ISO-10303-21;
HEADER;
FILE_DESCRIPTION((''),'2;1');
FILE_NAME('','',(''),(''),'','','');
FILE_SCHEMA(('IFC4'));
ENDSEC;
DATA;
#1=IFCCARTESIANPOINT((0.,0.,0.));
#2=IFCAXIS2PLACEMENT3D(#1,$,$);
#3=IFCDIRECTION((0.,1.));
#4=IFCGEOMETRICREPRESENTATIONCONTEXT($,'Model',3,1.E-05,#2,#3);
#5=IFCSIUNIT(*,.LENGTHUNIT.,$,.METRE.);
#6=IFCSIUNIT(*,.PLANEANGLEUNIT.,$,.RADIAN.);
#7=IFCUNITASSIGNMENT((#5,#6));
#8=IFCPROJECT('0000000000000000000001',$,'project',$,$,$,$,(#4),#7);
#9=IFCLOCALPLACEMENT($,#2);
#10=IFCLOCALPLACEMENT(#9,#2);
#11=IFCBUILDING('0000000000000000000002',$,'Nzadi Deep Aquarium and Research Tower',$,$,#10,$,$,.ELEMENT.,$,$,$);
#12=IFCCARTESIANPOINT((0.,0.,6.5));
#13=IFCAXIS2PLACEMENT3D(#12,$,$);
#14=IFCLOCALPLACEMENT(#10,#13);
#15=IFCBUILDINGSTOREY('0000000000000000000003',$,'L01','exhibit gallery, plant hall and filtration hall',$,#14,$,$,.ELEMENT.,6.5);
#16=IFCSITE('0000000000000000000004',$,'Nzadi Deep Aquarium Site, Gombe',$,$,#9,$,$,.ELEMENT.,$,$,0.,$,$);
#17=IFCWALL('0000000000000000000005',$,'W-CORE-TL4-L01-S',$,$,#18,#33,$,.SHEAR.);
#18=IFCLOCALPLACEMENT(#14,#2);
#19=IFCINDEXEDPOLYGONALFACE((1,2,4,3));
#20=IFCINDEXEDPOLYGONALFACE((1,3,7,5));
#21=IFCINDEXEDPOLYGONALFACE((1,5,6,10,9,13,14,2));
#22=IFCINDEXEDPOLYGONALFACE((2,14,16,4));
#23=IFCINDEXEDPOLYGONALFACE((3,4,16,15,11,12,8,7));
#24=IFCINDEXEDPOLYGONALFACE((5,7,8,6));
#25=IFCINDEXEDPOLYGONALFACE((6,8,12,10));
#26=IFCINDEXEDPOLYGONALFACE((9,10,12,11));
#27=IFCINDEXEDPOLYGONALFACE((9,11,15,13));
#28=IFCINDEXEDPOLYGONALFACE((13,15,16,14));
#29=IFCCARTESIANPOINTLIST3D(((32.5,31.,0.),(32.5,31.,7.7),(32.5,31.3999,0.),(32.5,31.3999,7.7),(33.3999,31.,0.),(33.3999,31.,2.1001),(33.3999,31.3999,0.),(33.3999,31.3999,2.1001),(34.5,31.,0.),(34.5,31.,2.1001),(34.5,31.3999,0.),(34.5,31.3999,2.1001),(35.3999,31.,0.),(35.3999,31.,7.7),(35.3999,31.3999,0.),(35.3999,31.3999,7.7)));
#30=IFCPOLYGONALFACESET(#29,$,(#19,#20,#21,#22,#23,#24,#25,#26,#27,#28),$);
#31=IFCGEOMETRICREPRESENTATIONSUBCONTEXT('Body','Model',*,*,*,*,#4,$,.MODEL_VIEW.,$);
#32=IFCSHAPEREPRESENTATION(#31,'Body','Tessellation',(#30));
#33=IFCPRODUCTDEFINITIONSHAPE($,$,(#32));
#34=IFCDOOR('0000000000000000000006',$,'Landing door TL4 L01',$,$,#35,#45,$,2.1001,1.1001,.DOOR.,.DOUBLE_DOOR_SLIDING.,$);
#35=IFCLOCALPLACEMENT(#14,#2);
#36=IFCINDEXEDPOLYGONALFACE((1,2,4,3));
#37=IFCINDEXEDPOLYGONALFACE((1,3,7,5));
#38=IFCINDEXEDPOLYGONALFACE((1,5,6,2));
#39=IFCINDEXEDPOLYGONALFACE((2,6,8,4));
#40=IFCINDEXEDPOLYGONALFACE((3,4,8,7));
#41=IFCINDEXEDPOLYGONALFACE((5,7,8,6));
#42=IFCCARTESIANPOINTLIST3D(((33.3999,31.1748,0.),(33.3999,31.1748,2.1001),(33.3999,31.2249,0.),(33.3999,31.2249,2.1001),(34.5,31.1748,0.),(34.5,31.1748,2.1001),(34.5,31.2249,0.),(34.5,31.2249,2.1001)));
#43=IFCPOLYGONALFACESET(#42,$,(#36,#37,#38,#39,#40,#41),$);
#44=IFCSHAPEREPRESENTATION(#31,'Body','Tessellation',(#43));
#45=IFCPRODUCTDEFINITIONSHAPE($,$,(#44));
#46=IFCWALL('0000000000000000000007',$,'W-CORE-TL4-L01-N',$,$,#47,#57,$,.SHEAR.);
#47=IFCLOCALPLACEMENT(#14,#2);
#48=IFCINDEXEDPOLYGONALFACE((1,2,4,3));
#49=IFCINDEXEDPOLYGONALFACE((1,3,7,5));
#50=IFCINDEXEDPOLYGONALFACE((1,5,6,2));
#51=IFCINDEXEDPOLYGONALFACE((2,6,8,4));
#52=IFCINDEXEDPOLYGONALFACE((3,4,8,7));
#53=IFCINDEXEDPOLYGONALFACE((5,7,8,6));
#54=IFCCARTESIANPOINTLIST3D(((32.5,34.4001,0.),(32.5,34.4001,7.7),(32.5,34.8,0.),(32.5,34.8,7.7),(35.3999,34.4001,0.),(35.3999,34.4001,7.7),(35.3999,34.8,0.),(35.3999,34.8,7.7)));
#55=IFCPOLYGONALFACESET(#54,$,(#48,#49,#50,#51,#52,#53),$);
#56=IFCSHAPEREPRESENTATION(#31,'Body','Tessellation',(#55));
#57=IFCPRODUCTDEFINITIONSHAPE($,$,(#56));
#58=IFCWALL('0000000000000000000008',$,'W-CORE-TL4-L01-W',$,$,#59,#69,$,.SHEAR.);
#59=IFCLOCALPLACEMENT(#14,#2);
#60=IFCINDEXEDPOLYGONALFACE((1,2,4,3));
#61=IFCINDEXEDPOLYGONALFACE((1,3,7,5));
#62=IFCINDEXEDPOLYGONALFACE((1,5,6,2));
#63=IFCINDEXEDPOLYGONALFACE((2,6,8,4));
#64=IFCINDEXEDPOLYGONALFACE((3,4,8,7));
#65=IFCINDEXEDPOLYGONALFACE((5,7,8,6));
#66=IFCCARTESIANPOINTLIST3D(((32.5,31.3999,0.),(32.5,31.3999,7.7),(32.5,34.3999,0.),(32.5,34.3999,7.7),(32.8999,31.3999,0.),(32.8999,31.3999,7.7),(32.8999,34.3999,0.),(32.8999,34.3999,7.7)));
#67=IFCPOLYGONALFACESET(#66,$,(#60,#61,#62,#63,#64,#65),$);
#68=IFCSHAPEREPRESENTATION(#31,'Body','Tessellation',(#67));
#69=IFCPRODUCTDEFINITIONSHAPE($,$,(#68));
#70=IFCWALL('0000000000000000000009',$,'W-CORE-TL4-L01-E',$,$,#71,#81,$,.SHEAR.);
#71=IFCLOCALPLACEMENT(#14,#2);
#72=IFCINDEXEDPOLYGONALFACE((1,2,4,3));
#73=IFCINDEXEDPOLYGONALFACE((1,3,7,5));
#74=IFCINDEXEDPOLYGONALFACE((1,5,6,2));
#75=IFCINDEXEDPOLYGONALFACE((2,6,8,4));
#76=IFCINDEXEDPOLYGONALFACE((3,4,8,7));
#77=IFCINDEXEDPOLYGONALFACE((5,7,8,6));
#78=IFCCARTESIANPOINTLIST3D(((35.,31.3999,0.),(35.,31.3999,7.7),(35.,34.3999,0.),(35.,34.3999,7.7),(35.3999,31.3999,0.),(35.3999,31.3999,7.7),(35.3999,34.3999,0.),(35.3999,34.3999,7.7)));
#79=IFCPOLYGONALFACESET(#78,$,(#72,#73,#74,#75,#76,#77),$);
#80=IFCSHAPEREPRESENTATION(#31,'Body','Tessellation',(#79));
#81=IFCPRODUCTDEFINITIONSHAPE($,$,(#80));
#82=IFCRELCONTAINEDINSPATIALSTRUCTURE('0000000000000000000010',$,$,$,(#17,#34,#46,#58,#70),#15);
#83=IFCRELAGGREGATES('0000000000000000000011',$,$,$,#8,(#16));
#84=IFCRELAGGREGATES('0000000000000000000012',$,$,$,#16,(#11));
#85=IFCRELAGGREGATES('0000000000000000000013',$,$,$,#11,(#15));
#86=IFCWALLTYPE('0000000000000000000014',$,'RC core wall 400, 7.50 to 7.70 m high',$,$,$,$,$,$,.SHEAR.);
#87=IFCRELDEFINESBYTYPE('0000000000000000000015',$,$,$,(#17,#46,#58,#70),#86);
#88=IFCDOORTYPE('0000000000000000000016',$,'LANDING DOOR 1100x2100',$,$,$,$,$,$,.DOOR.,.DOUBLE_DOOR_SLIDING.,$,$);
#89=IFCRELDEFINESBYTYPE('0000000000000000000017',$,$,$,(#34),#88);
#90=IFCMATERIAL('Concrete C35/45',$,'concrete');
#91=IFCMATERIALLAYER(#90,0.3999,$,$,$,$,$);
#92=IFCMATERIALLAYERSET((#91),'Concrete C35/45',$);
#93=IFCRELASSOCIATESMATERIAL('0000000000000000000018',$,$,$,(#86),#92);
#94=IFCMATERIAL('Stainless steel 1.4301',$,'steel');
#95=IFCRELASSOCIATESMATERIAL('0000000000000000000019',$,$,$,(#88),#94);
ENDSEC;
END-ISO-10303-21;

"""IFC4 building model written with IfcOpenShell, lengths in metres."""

from ifc_helpers import new_model, si_unit, direction, frame, frame_2d, origin, place, context, subcontext, project, spatial, rectangle, extrude, material, layer, layer_set, type_object, element, fill, save


model = new_model("IFC4")

# Units and contexts
model_context = context("Model", 3, precision=1e-05, world=origin(), true_north=direction((0.0, 1.0)))
body_context = subcontext(model_context, "Body", "Model", "MODEL_VIEW")
ifc_project = project(units=[si_unit("LENGTHUNIT", "METRE"), si_unit("PLANEANGLEUNIT", "RADIAN")], contexts=[model_context])

# Site, building, storey
site_placement = place(None, origin())
site = spatial("IfcSite", under=ifc_project, at=site_placement, Name="Nzadi Deep Aquarium Site, Gombe", CompositionType="ELEMENT", RefElevation=0.0)
building_placement = place(site_placement, origin())
building = spatial("IfcBuilding", under=site, at=building_placement, Name="Nzadi Deep Aquarium and Research Tower", CompositionType="ELEMENT")
storey_placement = place(building_placement, frame((0.0, 0.0, 6.5)))
storey = spatial("IfcBuildingStorey", under=building, at=storey_placement, Name="L01", Description="exhibit gallery, plant hall and filtration hall", CompositionType="ELEMENT", Elevation=6.5)

# Shared definitions
ifc_material_1 = material(Name="Concrete C35/45", Category="concrete")
ifc_layer_1 = layer(ifc_material_1, 0.3999)
ifc_layer_set_1 = layer_set([ifc_layer_1], Name="Concrete C35/45")
wall_type_1 = type_object("IfcWallType", Name="RC core wall 400, 7.50 to 7.70 m high", PredefinedType="SHEAR", material=ifc_layer_set_1)

# Wall, opening, door
wall_1_placement = place(storey_placement, frame((32.5, 31.2, 0.0), z_axis=(0.0, 0.0, 1.0), x_axis=(1.0, 0.0, 0.0)))
wall_1 = element("IfcWall", 1, at=wall_1_placement, inside=storey, type_object=wall_type_1, Name="W-CORE-TL4-L01-S", PredefinedType="SHEAR", context=body_context, shape_type="SweptSolid", body=[
    extrude(rectangle(XDim=2.8999, YDim=0.3999, at=frame_2d((1.45, 0.0))), origin(), (0.0, 0.0, 1.0), 7.7),
])
opening_1_placement = place(wall_1_placement, frame((0.8999, 0.0, 0.0)))
opening_1 = element("IfcOpeningElement", 2, at=opening_1_placement, cuts=wall_1, PredefinedType="OPENING", context=body_context, shape_type="SweptSolid", body=[
    extrude(rectangle(XDim=1.1001, YDim=2.1001, at=frame_2d((0.55, 1.05))), frame((0.0, 0.21, 0.0), z_axis=(0.0, -1.0, 0.0), x_axis=(1.0, 0.0, 0.0)), (0.0, 0.0, 1.0), 0.4199),
])
ifc_material_2 = material(Name="Stainless steel 1.4301", Category="steel")
door_type_1 = type_object("IfcDoorType", Name="LANDING DOOR 1100x2100", OperationType="DOUBLE_DOOR_SLIDING", PredefinedType="DOOR", material=ifc_material_2)
door_1_placement = place(opening_1_placement, origin())
door_1 = element("IfcDoor", 3, at=door_1_placement, inside=storey, type_object=door_type_1, Name="Landing door TL4 L01", OperationType="DOUBLE_DOOR_SLIDING", OverallHeight=2.1001, OverallWidth=1.1001, PredefinedType="DOOR", context=body_context, shape_type="SweptSolid", body=[
    extrude(rectangle(XDim=1.1001, YDim=2.1001, at=frame_2d((0.55, 1.05))), frame((0.0, 0.0249, 0.0), z_axis=(0.0, -1.0, 0.0), x_axis=(1.0, 0.0, 0.0)), (0.0, 0.0, 1.0), 0.05),
])
fill(opening_1, door_1)

# Walls
wall_2_placement = place(storey_placement, frame((32.5, 34.6001, 0.0), z_axis=(0.0, 0.0, 1.0), x_axis=(1.0, 0.0, 0.0)))
element("IfcWall", 4, at=wall_2_placement, inside=storey, type_object=wall_type_1, Name="W-CORE-TL4-L01-N", PredefinedType="SHEAR", context=body_context, shape_type="SweptSolid", body=[
    extrude(rectangle(XDim=2.8999, YDim=0.3999, at=frame_2d((1.45, 0.0))), origin(), (0.0, 0.0, 1.0), 7.7),
])
for number, where, z_axis, x_axis, name in (
    (5, (32.7, 31.3999, 0.0), (0.0, 0.0, 1.0), (0.0, 1.0, 0.0), "W-CORE-TL4-L01-W"),
    (6, (35.2, 31.3999, 0.0), (0.0, 0.0, 1.0), (0.0, 1.0, 0.0), "W-CORE-TL4-L01-E"),
):
    element("IfcWall", number, at=place(storey_placement, frame(where, z_axis=z_axis, x_axis=x_axis)), inside=storey, type_object=wall_type_1, Name=name, PredefinedType="SHEAR", context=body_context, shape_type="SweptSolid", body=[
        extrude(rectangle(XDim=3.0, YDim=0.3999, at=frame_2d((1.5, 0.0))), origin(), (0.0, 0.0, 1.0), 7.7),
    ])

save(model, "model.ifc")
